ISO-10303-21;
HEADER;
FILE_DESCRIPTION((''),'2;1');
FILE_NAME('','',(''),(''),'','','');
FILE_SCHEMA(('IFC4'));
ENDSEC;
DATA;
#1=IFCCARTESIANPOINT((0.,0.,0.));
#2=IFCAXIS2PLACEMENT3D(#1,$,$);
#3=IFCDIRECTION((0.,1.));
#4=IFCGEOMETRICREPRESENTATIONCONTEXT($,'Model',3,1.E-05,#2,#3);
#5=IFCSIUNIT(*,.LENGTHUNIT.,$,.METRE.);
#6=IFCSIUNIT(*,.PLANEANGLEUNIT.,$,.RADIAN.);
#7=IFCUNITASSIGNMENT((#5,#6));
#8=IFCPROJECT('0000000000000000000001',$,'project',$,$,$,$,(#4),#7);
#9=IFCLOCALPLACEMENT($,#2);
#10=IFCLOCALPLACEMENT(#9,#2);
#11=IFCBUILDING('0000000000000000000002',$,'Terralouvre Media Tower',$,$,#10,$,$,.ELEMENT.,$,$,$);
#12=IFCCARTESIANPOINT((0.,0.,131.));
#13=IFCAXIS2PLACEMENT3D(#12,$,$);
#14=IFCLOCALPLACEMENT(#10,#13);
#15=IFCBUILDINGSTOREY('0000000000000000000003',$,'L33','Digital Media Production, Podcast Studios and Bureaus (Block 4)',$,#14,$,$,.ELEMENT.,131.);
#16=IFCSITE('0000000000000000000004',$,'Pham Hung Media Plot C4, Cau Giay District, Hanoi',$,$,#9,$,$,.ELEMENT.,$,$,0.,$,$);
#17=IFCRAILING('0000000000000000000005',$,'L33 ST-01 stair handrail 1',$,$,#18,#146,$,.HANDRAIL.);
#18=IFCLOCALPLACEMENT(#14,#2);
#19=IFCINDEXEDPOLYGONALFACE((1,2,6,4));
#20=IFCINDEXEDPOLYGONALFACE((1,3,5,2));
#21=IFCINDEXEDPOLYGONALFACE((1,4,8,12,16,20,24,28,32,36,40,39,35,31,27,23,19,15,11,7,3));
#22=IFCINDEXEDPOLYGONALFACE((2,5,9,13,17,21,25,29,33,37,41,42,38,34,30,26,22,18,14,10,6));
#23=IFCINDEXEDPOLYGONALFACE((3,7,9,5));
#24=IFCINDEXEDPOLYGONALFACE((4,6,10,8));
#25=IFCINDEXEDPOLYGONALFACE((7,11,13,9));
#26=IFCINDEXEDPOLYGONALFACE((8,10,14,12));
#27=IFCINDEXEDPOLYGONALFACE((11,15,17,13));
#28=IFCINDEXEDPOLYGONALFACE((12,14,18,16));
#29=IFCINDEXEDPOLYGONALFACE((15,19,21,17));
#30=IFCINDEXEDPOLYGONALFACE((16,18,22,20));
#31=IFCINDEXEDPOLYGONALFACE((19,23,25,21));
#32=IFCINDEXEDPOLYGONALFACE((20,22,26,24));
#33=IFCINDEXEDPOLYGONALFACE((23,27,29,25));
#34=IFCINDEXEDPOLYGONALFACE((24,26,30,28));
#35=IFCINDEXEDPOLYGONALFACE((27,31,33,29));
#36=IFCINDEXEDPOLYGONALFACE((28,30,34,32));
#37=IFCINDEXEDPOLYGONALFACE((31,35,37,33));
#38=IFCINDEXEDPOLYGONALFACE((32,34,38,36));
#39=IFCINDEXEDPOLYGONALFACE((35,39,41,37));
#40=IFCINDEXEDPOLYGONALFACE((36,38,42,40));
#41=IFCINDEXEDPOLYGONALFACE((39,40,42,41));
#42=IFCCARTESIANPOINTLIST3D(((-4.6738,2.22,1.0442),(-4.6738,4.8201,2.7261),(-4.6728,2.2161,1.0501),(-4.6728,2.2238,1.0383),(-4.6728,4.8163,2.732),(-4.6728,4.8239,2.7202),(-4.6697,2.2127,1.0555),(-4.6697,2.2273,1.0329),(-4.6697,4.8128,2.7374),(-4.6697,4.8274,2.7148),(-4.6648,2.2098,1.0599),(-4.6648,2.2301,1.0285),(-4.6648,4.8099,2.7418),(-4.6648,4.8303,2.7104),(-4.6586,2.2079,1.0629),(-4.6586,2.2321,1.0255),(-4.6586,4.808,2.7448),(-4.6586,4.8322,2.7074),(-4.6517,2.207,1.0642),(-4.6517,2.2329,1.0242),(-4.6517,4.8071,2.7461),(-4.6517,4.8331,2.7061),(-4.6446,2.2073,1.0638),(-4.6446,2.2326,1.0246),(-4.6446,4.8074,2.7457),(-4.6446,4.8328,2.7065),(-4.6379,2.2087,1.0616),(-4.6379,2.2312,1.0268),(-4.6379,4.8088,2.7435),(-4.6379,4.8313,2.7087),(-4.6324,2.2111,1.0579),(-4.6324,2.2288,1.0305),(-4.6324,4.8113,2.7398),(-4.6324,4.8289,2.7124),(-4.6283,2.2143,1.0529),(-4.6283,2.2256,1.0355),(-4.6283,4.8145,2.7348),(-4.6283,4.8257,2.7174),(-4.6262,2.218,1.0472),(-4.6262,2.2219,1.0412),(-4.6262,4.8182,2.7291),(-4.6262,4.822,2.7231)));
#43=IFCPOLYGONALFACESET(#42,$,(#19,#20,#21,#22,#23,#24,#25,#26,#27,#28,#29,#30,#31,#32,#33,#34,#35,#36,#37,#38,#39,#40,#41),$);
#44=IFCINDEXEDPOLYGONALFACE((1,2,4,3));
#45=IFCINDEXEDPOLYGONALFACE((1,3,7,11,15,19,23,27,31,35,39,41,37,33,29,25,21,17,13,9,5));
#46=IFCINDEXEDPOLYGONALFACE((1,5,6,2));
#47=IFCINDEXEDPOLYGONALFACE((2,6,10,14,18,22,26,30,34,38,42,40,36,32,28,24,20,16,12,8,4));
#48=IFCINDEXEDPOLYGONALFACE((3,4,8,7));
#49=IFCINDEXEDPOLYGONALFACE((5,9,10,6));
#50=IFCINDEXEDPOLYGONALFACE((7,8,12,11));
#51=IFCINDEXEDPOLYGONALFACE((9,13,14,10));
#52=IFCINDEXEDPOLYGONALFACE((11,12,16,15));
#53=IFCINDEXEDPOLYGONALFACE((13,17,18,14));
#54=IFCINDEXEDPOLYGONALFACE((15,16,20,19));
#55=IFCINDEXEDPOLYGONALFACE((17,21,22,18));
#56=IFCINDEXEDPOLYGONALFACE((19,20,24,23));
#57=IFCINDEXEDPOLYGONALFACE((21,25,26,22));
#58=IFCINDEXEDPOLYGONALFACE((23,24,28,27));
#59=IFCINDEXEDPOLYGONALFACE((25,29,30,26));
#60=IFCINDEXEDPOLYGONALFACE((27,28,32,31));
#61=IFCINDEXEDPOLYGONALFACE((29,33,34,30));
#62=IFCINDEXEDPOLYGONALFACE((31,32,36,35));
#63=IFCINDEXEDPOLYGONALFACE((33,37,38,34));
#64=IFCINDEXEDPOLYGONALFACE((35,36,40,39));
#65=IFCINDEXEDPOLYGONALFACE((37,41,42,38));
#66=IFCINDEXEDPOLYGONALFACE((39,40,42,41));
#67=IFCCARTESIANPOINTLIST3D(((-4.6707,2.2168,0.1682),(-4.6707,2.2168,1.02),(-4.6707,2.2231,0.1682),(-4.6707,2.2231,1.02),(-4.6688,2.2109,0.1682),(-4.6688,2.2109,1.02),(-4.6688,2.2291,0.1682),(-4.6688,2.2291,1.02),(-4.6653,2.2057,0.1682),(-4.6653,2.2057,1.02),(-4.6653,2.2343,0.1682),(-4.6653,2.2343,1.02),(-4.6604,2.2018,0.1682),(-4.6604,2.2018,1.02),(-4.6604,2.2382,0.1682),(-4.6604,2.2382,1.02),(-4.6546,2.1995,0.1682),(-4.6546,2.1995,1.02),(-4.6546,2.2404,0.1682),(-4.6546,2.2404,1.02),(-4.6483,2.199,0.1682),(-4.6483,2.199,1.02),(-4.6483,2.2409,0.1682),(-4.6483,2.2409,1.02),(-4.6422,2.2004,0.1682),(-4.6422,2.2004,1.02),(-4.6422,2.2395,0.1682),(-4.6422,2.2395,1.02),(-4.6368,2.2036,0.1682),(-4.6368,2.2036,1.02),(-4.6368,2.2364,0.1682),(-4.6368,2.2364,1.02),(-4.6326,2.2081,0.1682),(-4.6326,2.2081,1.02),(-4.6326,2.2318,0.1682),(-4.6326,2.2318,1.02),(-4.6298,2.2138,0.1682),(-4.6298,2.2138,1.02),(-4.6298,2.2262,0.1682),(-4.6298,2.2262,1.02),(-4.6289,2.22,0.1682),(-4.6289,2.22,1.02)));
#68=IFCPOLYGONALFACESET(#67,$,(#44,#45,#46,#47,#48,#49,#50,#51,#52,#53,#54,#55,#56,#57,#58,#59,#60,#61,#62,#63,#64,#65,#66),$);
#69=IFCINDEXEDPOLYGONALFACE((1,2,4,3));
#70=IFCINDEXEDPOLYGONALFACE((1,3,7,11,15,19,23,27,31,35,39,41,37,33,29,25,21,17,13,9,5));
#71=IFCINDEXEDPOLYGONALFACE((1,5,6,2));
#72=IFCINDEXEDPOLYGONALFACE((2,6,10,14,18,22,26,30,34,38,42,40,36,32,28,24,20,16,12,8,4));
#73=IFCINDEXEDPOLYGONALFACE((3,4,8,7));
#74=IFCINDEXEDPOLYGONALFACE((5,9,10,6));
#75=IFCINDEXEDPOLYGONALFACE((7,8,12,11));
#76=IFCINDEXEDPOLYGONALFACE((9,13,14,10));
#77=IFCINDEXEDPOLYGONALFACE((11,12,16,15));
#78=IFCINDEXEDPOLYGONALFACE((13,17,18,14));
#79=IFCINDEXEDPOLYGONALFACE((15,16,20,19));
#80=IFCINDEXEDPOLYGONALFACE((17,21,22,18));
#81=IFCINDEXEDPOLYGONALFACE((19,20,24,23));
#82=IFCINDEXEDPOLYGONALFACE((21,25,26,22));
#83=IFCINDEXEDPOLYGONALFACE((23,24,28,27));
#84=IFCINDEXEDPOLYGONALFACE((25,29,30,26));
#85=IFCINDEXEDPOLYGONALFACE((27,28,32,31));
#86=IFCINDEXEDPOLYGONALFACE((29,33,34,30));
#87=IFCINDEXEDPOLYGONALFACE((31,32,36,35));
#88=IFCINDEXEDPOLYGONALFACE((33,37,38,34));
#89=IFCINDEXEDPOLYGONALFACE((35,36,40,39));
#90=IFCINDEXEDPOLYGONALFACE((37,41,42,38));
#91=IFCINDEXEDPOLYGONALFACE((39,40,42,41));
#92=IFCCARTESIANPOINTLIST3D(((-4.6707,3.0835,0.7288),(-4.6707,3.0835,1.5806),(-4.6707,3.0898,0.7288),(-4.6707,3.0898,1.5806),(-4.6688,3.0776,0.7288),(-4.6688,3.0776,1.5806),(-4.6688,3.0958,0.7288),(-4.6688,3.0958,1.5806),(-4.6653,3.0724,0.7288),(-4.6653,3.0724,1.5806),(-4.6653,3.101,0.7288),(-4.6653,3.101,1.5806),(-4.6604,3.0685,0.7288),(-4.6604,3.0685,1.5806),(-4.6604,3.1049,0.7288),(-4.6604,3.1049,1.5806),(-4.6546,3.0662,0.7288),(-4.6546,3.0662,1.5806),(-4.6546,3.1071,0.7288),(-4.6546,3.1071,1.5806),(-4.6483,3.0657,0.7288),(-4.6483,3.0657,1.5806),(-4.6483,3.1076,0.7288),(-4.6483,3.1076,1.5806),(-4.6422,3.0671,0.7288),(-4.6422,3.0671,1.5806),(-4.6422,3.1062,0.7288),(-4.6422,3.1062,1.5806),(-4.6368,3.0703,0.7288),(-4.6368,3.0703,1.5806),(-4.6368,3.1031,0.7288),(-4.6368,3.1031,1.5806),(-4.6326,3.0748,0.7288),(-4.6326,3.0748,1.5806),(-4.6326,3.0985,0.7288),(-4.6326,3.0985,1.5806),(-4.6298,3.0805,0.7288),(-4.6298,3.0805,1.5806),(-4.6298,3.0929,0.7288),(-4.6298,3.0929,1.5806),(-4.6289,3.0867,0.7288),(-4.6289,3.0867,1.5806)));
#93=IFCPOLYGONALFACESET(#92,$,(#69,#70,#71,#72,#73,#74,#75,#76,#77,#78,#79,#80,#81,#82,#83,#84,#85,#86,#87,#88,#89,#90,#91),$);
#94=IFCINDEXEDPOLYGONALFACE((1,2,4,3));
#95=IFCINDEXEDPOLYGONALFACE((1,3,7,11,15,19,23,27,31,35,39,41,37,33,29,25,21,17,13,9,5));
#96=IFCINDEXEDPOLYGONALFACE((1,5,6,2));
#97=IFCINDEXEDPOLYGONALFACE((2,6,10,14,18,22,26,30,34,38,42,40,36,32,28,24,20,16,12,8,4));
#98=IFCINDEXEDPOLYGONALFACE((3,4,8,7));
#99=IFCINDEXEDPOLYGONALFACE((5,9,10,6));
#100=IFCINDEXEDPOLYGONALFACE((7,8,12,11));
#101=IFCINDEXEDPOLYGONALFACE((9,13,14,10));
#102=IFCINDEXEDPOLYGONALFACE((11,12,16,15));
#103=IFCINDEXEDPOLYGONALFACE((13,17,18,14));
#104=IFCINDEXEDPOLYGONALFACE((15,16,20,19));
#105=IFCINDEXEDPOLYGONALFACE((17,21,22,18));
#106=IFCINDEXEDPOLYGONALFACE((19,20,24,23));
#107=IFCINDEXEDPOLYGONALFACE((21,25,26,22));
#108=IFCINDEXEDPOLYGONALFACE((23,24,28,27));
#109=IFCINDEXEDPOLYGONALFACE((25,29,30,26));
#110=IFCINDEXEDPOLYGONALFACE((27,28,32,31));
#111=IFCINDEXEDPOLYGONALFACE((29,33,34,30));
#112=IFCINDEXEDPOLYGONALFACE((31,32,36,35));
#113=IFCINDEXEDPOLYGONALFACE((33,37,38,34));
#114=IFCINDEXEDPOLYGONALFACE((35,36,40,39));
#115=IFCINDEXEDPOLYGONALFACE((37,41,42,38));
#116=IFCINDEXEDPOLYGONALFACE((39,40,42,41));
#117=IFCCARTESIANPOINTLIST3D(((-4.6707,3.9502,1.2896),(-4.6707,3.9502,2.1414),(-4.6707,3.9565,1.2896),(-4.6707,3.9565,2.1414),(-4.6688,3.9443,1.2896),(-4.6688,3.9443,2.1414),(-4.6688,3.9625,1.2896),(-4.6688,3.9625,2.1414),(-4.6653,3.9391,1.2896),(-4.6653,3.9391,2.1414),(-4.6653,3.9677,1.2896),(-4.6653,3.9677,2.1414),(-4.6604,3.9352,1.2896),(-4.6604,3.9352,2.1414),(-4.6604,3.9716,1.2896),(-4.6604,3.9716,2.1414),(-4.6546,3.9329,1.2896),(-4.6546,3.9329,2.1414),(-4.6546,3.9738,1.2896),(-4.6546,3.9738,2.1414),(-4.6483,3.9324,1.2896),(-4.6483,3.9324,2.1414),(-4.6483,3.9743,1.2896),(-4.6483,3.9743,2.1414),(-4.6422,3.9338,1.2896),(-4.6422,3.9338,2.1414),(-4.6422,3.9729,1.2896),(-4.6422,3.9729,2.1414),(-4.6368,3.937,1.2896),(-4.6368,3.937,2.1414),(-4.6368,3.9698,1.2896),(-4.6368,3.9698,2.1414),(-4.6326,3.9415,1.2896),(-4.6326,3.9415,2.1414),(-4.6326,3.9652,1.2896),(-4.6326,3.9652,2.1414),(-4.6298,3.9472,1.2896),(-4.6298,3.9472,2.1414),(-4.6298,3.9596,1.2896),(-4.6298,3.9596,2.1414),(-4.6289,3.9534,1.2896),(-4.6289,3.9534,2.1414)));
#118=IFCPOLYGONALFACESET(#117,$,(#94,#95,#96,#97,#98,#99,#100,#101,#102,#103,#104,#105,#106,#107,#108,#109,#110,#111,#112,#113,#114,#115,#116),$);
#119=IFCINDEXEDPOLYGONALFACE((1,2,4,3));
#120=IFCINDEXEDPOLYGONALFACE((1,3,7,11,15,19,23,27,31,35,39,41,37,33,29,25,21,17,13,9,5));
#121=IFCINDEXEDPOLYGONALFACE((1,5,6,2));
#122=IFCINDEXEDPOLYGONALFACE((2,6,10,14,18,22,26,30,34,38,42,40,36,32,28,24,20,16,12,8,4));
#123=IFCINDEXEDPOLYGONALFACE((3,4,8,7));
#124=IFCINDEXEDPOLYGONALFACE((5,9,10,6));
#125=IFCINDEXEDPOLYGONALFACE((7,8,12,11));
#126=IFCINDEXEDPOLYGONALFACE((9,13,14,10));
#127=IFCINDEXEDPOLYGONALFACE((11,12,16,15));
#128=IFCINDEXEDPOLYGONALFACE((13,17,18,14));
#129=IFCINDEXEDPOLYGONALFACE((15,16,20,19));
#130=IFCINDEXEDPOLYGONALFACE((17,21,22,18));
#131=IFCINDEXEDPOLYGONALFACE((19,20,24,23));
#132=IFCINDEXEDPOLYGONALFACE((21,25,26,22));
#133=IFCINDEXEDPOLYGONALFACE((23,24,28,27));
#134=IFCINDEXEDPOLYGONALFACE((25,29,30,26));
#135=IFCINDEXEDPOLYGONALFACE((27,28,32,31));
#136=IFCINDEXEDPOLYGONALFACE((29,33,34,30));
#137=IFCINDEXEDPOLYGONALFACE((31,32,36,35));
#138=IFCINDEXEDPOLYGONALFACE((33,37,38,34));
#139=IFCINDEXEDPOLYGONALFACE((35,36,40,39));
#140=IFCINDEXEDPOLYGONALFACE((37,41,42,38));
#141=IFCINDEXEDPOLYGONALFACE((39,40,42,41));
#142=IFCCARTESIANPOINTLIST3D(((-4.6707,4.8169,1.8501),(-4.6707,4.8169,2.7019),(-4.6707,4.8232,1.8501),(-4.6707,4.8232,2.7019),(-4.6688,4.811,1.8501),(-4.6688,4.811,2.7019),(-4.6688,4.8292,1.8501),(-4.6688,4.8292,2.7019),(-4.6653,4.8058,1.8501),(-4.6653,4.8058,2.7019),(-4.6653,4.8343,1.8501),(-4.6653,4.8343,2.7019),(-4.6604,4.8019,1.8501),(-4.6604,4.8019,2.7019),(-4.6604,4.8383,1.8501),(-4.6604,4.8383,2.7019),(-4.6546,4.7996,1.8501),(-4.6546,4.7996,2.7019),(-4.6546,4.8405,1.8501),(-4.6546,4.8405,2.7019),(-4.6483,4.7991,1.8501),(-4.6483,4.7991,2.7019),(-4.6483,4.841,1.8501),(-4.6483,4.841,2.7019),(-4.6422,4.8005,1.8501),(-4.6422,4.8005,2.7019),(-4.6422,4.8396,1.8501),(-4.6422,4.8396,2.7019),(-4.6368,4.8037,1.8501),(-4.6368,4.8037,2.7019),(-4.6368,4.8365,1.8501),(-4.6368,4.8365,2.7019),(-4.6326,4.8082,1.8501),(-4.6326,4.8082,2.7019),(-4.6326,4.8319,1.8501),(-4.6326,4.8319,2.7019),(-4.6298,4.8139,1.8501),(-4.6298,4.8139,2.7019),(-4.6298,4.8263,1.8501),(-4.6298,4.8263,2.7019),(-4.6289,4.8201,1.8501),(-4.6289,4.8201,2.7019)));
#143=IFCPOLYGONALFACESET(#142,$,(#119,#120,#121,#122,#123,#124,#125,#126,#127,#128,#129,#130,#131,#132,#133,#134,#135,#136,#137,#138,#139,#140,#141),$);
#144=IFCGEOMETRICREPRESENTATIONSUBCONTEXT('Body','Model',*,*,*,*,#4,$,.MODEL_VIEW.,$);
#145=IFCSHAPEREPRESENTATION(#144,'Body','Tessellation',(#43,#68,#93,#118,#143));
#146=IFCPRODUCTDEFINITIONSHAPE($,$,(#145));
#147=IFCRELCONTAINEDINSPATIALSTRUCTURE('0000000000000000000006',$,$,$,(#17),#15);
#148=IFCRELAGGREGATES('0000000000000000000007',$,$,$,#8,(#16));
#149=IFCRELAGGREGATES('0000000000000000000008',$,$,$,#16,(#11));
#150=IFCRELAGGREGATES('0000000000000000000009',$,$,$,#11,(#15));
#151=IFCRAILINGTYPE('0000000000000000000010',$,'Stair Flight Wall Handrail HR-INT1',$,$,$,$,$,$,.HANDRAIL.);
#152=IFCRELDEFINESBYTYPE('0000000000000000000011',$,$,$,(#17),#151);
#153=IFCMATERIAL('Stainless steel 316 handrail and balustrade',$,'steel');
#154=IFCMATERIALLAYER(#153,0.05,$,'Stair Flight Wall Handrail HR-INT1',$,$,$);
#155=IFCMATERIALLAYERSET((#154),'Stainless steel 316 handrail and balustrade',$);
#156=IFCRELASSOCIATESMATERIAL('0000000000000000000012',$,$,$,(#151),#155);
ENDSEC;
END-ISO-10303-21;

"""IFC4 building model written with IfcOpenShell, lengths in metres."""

from ifc_helpers import new_model, si_unit, direction, frame, origin, origin_2d, place, context, subcontext, project, spatial, circle, extrude, material, layer, layer_set, type_object, element, save


model = new_model("IFC4")

# Units and contexts
model_context = context("Model", 3, precision=1e-05, world=origin(), true_north=direction((0.0, 1.0)))
body_context = subcontext(model_context, "Body", "Model", "MODEL_VIEW")
ifc_project = project(units=[si_unit("LENGTHUNIT", "METRE"), si_unit("PLANEANGLEUNIT", "RADIAN")], contexts=[model_context])

# Site, building, storey
site_placement = place(None, origin())
site = spatial("IfcSite", under=ifc_project, at=site_placement, Name="Pham Hung Media Plot C4, Cau Giay District, Hanoi", CompositionType="ELEMENT", RefElevation=0.0)
building_placement = place(site_placement, origin())
building = spatial("IfcBuilding", under=site, at=building_placement, Name="Terralouvre Media Tower", CompositionType="ELEMENT")
storey_placement = place(building_placement, frame((0.0, 0.0, 131.0)))
storey = spatial("IfcBuildingStorey", under=building, at=storey_placement, Name="L33", Description="Digital Media Production, Podcast Studios and Bureaus (Block 4)", CompositionType="ELEMENT", Elevation=131.0)

# Railing
ifc_material_1 = material(Name="Stainless steel 316 handrail and balustrade", Category="steel")
ifc_layer_1 = layer(ifc_material_1, 0.05, Name="Stair Flight Wall Handrail HR-INT1")
ifc_layer_set_1 = layer_set([ifc_layer_1], Name="Stainless steel 316 handrail and balustrade")
railing_type_1 = type_object("IfcRailingType", Name="Stair Flight Wall Handrail HR-INT1", PredefinedType="HANDRAIL", material=ifc_layer_set_1)
railing_1_placement = place(storey_placement, frame((-4.6499, 2.22, 0.1682)))
element("IfcRailing", 1, at=railing_1_placement, inside=storey, type_object=railing_type_1, Name="L33 ST-01 stair handrail 1", PredefinedType="HANDRAIL", context=body_context, shape_type="SweptSolid", body=[
    extrude(circle(Radius=0.0239, at=origin_2d()), frame((0.0, 0.0, 0.876), z_axis=(0.0, 0.839648, 0.54313), x_axis=(-1.0, 0.0, 0.0)), (0.0, 0.0, 1.0), 3.0967),
    extrude(circle(Radius=0.021, at=origin_2d()), origin(), (0.0, 0.0, 1.0), 0.8518),
    extrude(circle(Radius=0.021, at=origin_2d()), frame((0.0, 0.8667, 0.5605)), (0.0, 0.0, 1.0), 0.8518),
    extrude(circle(Radius=0.021, at=origin_2d()), frame((0.0, 1.7334, 1.1213)), (0.0, 0.0, 1.0), 0.8518),
    extrude(circle(Radius=0.021, at=origin_2d()), frame((0.0, 2.6001, 1.6819)), (0.0, 0.0, 1.0), 0.8518),
])

save(model, "model.ifc")
